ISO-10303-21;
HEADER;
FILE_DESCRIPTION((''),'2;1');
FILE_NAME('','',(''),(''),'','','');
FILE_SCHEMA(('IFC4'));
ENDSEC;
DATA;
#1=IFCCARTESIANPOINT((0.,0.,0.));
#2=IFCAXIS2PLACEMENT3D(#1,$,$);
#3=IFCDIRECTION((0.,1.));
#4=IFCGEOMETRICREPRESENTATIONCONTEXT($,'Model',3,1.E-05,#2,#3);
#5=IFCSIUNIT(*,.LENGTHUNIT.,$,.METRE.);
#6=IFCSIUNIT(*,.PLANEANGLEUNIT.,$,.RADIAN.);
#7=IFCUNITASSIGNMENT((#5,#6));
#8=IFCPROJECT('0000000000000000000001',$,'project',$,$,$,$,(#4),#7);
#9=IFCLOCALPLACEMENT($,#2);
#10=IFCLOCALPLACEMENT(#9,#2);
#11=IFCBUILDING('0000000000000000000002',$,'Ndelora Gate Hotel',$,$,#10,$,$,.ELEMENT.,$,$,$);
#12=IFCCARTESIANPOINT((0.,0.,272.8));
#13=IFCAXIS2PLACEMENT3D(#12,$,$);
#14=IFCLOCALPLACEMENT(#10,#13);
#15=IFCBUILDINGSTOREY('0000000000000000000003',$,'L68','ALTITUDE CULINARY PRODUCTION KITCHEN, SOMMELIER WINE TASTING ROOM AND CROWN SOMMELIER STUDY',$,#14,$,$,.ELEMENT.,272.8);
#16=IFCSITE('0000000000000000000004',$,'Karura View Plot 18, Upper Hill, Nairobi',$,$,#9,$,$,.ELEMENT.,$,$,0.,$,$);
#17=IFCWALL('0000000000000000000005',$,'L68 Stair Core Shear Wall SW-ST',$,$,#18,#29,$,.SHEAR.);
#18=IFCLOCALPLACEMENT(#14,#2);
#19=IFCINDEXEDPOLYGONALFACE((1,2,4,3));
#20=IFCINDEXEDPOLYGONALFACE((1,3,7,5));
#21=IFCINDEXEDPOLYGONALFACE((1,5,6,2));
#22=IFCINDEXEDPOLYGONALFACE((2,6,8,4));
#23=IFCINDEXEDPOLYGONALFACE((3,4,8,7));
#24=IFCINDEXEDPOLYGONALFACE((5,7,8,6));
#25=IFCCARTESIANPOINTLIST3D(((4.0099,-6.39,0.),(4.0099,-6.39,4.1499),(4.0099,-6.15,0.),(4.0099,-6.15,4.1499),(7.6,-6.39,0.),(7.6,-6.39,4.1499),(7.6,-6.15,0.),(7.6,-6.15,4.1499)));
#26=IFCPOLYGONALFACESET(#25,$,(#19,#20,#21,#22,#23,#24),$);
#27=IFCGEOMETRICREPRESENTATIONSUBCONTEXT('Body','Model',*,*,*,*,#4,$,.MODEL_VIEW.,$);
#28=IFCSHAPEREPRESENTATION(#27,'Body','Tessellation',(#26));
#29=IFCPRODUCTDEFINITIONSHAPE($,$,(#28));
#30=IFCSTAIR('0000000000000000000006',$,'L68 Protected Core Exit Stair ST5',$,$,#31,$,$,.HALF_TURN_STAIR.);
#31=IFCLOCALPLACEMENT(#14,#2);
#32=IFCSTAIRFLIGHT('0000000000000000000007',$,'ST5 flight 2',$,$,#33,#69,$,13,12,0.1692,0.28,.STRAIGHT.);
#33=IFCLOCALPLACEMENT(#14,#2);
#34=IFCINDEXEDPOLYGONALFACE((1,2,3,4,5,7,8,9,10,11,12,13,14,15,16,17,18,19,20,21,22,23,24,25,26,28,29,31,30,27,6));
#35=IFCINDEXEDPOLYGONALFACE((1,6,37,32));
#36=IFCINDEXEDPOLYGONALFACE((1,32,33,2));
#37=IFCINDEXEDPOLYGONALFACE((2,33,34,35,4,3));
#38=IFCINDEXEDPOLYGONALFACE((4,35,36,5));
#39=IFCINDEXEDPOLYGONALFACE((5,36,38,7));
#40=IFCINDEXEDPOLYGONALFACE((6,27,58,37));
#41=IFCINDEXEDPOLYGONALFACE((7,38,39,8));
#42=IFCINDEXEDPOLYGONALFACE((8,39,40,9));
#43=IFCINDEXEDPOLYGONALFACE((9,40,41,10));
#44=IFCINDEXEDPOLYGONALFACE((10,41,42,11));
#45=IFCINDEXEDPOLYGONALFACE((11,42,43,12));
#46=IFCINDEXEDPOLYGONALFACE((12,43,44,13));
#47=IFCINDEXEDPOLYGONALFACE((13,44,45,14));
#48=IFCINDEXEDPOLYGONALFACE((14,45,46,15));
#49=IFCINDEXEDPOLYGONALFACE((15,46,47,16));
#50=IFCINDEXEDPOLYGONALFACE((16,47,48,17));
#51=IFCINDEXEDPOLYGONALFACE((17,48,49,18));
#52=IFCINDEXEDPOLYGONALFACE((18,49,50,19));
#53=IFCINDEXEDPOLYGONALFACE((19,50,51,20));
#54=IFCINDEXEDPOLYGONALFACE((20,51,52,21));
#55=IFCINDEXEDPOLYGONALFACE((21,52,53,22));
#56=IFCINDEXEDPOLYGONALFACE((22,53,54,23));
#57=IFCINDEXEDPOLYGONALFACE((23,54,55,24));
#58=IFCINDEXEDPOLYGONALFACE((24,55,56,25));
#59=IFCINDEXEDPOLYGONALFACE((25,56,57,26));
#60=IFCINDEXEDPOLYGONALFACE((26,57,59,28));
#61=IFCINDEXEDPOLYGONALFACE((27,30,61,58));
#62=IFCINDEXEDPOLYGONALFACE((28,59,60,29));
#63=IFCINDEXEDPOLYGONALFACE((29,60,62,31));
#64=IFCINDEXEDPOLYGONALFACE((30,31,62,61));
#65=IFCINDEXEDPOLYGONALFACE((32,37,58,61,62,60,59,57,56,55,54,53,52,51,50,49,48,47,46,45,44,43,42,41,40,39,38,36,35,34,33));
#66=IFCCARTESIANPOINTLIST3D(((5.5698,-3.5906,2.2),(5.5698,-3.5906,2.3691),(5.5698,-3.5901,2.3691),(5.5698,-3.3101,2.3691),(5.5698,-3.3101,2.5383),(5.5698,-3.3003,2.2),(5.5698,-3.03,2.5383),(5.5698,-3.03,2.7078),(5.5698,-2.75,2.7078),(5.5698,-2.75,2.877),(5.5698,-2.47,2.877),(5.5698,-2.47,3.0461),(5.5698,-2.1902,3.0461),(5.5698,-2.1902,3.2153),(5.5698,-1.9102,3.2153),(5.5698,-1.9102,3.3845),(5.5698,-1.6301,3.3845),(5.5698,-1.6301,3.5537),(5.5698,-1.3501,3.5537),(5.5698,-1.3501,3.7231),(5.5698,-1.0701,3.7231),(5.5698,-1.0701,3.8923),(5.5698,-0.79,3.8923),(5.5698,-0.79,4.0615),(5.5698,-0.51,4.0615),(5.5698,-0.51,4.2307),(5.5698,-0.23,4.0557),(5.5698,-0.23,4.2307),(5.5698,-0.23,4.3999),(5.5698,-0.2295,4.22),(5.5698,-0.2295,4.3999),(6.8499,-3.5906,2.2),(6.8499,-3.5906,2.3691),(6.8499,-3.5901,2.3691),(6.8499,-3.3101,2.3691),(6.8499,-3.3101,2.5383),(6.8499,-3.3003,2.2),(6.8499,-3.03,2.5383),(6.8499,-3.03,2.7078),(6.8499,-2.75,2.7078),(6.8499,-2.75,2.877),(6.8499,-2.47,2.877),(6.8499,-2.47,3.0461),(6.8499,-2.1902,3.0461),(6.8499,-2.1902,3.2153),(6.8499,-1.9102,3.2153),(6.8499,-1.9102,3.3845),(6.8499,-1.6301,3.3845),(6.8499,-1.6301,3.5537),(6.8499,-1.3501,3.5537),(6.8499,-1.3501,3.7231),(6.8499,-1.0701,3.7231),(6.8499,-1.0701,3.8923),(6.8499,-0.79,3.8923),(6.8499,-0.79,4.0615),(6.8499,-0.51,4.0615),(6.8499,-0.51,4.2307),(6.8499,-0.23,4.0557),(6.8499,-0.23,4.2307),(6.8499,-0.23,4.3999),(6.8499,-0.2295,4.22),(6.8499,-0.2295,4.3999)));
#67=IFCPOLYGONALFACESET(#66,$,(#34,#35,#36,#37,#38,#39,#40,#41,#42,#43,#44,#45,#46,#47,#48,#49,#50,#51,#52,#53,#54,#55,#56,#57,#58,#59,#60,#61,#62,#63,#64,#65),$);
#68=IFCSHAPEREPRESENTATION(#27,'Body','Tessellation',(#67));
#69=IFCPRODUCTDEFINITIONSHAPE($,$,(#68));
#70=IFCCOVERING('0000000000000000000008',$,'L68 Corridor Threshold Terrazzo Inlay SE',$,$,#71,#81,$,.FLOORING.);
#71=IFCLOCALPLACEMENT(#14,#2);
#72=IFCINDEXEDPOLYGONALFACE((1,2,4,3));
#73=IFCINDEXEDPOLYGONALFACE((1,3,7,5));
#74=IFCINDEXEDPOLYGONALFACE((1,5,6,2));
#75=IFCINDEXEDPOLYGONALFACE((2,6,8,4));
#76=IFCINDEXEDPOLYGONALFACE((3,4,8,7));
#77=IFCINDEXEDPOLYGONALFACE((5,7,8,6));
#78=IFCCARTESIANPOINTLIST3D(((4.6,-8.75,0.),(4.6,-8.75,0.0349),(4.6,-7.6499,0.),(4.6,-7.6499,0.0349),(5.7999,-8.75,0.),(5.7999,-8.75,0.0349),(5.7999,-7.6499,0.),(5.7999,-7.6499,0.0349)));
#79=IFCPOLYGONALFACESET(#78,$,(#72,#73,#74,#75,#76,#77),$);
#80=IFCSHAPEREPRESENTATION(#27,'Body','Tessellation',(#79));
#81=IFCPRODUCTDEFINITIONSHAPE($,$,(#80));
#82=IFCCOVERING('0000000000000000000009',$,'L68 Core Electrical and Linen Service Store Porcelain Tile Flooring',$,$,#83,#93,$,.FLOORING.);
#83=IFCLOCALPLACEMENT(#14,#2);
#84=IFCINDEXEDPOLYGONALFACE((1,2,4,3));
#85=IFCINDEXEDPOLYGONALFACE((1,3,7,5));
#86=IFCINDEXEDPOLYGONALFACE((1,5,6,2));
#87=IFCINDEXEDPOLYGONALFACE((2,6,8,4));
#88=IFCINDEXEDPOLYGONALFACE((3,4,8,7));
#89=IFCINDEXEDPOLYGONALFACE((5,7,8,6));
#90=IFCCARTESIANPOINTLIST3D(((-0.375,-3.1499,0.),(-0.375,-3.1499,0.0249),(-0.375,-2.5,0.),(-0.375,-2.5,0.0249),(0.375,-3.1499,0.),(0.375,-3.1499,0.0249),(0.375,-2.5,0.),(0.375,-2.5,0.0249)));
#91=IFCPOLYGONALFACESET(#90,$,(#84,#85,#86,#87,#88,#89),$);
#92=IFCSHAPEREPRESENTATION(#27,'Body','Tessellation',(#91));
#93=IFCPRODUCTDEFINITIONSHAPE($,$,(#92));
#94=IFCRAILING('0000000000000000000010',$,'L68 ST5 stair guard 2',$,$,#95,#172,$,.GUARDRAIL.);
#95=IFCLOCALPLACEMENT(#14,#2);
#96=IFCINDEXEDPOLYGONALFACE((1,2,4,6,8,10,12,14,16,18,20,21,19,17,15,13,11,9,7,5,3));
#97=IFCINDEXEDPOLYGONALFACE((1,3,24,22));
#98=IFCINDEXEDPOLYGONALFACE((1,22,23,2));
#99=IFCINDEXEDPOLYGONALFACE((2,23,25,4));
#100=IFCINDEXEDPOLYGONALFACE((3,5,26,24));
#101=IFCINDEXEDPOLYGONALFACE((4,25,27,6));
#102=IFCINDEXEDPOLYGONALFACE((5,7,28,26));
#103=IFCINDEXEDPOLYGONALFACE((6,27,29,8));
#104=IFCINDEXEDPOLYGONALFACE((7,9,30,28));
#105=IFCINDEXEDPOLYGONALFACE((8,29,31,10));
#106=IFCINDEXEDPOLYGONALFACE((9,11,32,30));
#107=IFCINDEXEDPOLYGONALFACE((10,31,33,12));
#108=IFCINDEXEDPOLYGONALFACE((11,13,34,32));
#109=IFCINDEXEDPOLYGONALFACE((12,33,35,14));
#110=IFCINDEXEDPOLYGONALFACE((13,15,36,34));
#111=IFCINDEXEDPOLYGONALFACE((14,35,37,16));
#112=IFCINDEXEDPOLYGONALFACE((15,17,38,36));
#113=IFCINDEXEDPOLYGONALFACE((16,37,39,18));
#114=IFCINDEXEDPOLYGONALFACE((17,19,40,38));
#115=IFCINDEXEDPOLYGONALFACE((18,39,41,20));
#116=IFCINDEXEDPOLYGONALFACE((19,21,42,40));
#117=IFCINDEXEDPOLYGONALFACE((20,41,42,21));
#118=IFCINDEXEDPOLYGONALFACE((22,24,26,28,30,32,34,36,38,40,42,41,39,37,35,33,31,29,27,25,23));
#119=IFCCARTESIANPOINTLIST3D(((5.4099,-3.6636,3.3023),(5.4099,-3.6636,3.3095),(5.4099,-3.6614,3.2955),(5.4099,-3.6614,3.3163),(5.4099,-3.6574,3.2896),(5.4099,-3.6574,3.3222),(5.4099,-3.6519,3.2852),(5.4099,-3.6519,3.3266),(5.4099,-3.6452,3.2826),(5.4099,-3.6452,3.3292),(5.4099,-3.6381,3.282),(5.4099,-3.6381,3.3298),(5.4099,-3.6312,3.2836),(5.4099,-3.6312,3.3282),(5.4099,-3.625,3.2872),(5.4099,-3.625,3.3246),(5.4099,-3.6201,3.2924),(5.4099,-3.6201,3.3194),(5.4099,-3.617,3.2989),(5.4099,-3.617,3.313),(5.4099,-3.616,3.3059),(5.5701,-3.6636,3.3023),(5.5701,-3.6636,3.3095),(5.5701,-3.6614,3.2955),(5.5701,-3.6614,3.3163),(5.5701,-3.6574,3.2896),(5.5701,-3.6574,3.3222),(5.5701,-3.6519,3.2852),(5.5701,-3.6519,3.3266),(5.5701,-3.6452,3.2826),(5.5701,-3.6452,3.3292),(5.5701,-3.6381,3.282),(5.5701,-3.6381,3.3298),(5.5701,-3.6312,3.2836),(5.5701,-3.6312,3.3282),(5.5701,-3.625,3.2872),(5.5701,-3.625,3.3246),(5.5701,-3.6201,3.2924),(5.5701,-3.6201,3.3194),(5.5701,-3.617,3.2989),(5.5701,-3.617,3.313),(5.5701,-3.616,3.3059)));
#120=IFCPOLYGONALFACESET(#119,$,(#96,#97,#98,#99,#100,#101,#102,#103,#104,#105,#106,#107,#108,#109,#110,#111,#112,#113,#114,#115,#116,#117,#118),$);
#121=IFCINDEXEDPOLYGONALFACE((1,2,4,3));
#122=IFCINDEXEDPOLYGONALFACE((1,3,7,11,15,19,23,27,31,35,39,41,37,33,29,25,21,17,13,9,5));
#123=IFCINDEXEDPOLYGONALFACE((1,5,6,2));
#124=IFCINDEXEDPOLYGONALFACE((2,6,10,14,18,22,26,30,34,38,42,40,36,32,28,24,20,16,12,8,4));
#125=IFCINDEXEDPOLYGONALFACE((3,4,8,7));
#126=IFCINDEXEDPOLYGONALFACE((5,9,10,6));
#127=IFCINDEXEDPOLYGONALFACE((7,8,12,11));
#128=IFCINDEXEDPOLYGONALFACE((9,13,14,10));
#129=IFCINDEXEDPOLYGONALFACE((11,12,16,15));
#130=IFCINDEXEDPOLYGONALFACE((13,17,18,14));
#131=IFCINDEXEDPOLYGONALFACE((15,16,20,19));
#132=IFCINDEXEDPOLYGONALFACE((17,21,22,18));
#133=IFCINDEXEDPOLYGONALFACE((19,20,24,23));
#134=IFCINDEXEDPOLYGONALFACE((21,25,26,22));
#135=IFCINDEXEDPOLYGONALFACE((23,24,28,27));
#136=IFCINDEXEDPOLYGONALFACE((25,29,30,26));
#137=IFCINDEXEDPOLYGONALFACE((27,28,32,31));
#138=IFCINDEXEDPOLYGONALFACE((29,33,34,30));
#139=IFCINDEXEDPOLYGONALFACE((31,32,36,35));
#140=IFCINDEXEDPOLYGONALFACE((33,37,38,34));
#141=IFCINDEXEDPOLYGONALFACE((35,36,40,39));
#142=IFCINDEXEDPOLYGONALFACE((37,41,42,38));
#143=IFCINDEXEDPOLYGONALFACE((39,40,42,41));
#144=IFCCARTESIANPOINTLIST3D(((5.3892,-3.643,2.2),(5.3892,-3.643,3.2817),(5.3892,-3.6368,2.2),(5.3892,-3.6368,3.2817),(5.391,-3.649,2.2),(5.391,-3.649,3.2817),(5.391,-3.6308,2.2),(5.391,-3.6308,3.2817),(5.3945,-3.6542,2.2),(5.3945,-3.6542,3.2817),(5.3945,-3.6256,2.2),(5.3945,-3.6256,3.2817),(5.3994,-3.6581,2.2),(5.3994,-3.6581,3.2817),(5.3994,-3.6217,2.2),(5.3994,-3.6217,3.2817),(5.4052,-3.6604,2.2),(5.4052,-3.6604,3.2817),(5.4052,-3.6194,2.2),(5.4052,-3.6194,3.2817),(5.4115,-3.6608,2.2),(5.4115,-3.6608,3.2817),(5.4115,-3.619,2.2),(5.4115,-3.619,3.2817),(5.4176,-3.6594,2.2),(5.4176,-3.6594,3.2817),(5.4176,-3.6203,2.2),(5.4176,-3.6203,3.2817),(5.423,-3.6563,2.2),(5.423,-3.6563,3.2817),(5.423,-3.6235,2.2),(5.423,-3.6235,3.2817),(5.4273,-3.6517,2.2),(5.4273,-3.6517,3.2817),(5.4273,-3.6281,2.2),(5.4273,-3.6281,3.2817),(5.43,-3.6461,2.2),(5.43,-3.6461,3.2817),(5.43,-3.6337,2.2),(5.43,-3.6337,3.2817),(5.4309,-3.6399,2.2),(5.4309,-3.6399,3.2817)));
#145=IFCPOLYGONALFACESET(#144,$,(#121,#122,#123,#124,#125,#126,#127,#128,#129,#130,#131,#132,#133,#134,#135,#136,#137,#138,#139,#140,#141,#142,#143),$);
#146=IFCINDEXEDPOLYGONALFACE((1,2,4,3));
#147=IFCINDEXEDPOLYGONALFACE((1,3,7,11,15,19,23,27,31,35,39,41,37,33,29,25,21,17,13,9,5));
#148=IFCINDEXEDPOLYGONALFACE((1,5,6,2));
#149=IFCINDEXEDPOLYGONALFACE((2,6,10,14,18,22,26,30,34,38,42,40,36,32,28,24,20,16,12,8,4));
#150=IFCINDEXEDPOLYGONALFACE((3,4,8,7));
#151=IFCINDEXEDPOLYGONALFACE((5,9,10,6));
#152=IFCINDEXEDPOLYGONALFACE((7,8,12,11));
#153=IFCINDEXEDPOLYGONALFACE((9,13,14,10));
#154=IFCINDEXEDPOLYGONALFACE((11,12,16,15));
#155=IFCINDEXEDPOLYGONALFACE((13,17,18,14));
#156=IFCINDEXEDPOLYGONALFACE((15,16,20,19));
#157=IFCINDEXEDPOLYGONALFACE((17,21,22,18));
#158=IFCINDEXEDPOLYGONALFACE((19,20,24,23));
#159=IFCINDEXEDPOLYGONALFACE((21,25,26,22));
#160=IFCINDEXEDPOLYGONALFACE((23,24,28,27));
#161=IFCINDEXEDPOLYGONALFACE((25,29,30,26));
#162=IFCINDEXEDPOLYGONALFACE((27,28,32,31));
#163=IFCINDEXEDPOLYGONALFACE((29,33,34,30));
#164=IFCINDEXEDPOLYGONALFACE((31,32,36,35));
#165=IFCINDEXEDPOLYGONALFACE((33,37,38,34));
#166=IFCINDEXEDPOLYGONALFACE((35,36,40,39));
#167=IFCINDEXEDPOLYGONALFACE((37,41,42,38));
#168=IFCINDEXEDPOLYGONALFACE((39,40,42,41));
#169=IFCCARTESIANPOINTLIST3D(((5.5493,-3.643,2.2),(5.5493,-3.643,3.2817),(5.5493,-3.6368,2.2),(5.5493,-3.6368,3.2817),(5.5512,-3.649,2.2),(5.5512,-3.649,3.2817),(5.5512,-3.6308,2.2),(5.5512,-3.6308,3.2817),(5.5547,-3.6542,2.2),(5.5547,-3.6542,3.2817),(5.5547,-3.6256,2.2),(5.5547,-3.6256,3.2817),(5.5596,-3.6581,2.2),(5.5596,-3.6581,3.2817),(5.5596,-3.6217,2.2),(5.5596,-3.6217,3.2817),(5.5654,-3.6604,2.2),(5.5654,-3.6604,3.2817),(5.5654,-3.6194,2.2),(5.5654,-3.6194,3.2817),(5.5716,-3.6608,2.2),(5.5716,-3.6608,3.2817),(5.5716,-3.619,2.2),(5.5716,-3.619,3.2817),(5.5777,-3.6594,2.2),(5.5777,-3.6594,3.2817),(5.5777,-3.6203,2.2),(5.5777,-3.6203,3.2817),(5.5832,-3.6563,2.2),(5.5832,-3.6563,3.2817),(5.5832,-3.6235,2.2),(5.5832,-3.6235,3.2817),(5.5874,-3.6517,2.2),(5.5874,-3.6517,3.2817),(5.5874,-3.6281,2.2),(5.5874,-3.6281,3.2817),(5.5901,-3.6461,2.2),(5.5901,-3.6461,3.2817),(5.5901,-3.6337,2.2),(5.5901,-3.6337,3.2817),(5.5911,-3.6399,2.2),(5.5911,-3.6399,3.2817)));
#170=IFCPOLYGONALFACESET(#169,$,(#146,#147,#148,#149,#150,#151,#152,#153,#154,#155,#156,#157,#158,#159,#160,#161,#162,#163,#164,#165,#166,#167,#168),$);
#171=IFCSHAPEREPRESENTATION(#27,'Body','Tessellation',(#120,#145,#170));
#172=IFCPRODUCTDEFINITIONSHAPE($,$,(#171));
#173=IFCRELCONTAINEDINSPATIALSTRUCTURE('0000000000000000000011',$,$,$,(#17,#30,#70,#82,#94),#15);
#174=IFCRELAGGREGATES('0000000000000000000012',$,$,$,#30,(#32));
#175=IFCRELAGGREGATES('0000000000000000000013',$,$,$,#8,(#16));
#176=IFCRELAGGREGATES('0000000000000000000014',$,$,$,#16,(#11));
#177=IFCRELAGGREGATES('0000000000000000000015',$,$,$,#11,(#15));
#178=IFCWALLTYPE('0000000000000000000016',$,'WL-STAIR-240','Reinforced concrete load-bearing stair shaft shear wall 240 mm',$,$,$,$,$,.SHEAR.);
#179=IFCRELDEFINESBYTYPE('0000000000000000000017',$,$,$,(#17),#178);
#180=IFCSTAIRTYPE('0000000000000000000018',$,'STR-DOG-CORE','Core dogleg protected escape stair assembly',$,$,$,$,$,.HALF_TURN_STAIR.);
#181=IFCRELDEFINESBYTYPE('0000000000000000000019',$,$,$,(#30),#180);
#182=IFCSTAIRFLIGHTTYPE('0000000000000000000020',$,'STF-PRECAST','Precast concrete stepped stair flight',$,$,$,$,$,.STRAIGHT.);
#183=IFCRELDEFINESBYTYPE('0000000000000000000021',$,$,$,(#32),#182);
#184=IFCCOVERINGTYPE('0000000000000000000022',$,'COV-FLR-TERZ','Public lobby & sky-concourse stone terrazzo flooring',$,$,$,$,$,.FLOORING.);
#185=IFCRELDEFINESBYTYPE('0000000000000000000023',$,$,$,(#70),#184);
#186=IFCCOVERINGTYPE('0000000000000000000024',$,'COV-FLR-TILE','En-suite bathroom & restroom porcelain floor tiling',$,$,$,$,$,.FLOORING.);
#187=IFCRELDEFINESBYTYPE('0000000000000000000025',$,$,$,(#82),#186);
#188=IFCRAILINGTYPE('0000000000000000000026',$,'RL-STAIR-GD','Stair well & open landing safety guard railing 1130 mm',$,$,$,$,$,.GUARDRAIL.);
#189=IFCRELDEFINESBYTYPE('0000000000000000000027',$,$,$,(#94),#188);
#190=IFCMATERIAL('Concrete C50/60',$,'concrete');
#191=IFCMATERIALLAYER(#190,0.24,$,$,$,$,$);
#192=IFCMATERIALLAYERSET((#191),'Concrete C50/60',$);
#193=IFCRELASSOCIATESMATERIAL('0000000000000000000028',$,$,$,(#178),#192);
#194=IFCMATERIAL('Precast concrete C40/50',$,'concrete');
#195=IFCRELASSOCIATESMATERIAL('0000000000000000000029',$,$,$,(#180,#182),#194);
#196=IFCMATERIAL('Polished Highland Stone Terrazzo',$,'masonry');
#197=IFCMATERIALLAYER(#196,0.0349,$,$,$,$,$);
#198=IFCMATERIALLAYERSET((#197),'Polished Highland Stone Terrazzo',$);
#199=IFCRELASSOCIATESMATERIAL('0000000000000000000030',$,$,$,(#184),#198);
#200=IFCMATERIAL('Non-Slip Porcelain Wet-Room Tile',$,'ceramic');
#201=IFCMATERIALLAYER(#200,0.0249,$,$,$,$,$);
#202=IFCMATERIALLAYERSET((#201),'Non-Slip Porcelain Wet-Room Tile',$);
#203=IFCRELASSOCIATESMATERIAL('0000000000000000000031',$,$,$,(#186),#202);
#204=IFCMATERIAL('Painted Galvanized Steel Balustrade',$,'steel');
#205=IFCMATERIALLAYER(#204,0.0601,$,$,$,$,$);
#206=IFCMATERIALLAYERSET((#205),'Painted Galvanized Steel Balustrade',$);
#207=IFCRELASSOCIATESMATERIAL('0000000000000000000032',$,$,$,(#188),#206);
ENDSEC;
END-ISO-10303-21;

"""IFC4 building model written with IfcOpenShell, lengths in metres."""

from ifc_helpers import new_model, si_unit, direction, frame, frame_2d, origin, origin_2d, place, context, subcontext, project, spatial, polyline, rectangle, circle, outline, extrude, material, layer, layer_set, type_object, element, aggregate, save


model = new_model("IFC4")

# Units and contexts
model_context = context("Model", 3, precision=1e-05, world=origin(), true_north=direction((0.0, 1.0)))
body_context = subcontext(model_context, "Body", "Model", "MODEL_VIEW")
ifc_project = project(units=[si_unit("LENGTHUNIT", "METRE"), si_unit("PLANEANGLEUNIT", "RADIAN")], contexts=[model_context])

# Site, building, storey
site_placement = place(None, origin())
site = spatial("IfcSite", under=ifc_project, at=site_placement, Name="Karura View Plot 18, Upper Hill, Nairobi", CompositionType="ELEMENT", RefElevation=0.0)
building_placement = place(site_placement, origin())
building = spatial("IfcBuilding", under=site, at=building_placement, Name="Ndelora Gate Hotel", CompositionType="ELEMENT")
storey_placement = place(building_placement, frame((0.0, 0.0, 272.8)))
storey = spatial("IfcBuildingStorey", under=building, at=storey_placement, Name="L68", Description="ALTITUDE CULINARY PRODUCTION KITCHEN, SOMMELIER WINE TASTING ROOM AND CROWN SOMMELIER STUDY", CompositionType="ELEMENT", Elevation=272.8)

# Shared definitions
ifc_material_1 = material(Name="Concrete C50/60", Category="concrete")

# Wall
ifc_layer_1 = layer(ifc_material_1, 0.24)
ifc_layer_set_1 = layer_set([ifc_layer_1], Name="Concrete C50/60")
wall_type_1 = type_object("IfcWallType", Name="WL-STAIR-240", Description="Reinforced concrete load-bearing stair shaft shear wall 240 mm", PredefinedType="SHEAR", material=ifc_layer_set_1)
wall_1_placement = place(storey_placement, frame((4.01, -6.27, 0.0), z_axis=(0.0, 0.0, 1.0), x_axis=(1.0, 0.0, 0.0)))
element("IfcWall", 1, at=wall_1_placement, inside=storey, type_object=wall_type_1, Name="L68 Stair Core Shear Wall SW-ST", PredefinedType="SHEAR", context=body_context, shape_type="SweptSolid", body=[
    extrude(rectangle(XDim=3.5901, YDim=0.24, at=frame_2d((1.7949, 0.0))), origin(), (0.0, 0.0, 1.0), 4.1499),
])

# Stair, stair flight
ifc_material_2 = material(Name="Precast concrete C40/50", Category="concrete")
stair_type = type_object("IfcStairType", Name="STR-DOG-CORE", Description="Core dogleg protected escape stair assembly", PredefinedType="HALF_TURN_STAIR", material=ifc_material_2)
stair_placement = place(storey_placement, origin())
stair = element("IfcStair", 2, at=stair_placement, inside=storey, type_object=stair_type, Name="L68 Protected Core Exit Stair ST5", PredefinedType="HALF_TURN_STAIR")
stair_flight_type = type_object("IfcStairFlightType", Name="STF-PRECAST", Description="Precast concrete stepped stair flight", PredefinedType="STRAIGHT", material=ifc_material_2)
stair_flight_placement = place(storey_placement, frame((6.21, -3.5901, 2.2), z_axis=(0.0, 0.0, 1.0), x_axis=(0.0, 1.0, 0.0)))
stair_flight = element("IfcStairFlight", 3, at=stair_flight_placement, type_object=stair_flight_type, Name="ST5 flight 2", NumberOfRisers=13, NumberOfTreads=12, PredefinedType="STRAIGHT", RiserHeight=0.1692, TreadLength=0.28, context=body_context, shape_type="SweptSolid", body=[
    extrude(outline(polyline([(-0.0005, 0.0), (-0.0005, 0.1692), (0.0, 0.1692), (0.28, 0.1692), (0.28, 0.3384), (0.5601, 0.3384), (0.5601, 0.5078), (0.8401, 0.5078), (0.8401, 0.677), (1.1201, 0.677), (1.1201, 0.8462), (1.3999, 0.8462), (1.3999, 1.0154), (1.6799, 1.0154), (1.6799, 1.1846), (1.96, 1.1846), (1.96, 1.3538), (2.24, 1.3538), (2.24, 1.5232), (2.52, 1.5232), (2.52, 1.6924), (2.8, 1.6924), (2.8, 1.8616), (3.0801, 1.8616), (3.0801, 2.0308), (3.3601, 2.0308), (3.3601, 2.2), (3.3606, 2.2), (3.3606, 2.02), (3.3601, 1.8557), (0.2898, 0.0), (-0.0005, 0.0)])), frame((0.0, 0.6401, 0.0), z_axis=(0.0, -1.0, 0.0), x_axis=(1.0, 0.0, 0.0)), (0.0, 0.0, 1.0), 1.28),
])
aggregate(stair, [stair_flight])

# Coverings
ifc_material_3 = material(Name="Polished Highland Stone Terrazzo", Category="masonry")
ifc_layer_2 = layer(ifc_material_3, 0.0349)
ifc_layer_set_2 = layer_set([ifc_layer_2], Name="Polished Highland Stone Terrazzo")
covering_type_1 = type_object("IfcCoveringType", Name="COV-FLR-TERZ", Description="Public lobby & sky-concourse stone terrazzo flooring", PredefinedType="FLOORING", material=ifc_layer_set_2)
covering_1_placement = place(storey_placement, frame((5.2, -8.2, 0.0), z_axis=(0.0, 0.0, 1.0), x_axis=(1.0, 0.0, 0.0)))
element("IfcCovering", 4, at=covering_1_placement, inside=storey, type_object=covering_type_1, Name="L68 Corridor Threshold Terrazzo Inlay SE", PredefinedType="FLOORING", context=body_context, shape_type="SweptSolid", body=[
    extrude(rectangle(XDim=1.2, YDim=1.1001, at=origin_2d()), origin(), (0.0, 0.0, 1.0), 0.0349),
])
ifc_material_4 = material(Name="Non-Slip Porcelain Wet-Room Tile", Category="ceramic")
ifc_layer_3 = layer(ifc_material_4, 0.0249)
ifc_layer_set_3 = layer_set([ifc_layer_3], Name="Non-Slip Porcelain Wet-Room Tile")
covering_type_2 = type_object("IfcCoveringType", Name="COV-FLR-TILE", Description="En-suite bathroom & restroom porcelain floor tiling", PredefinedType="FLOORING", material=ifc_layer_set_3)
covering_2_placement = place(storey_placement, frame((0.0, -2.825, 0.0), z_axis=(0.0, 0.0, 1.0), x_axis=(1.0, 0.0, 0.0)))
element("IfcCovering", 5, at=covering_2_placement, inside=storey, type_object=covering_type_2, Name="L68 Core Electrical and Linen Service Store Porcelain Tile Flooring", PredefinedType="FLOORING", context=body_context, shape_type="SweptSolid", body=[
    extrude(rectangle(XDim=0.75, YDim=0.6499, at=origin_2d()), origin(), (0.0, 0.0, 1.0), 0.0249),
])

# Railing
ifc_material_5 = material(Name="Painted Galvanized Steel Balustrade", Category="steel")
ifc_layer_4 = layer(ifc_material_5, 0.0601)
ifc_layer_set_4 = layer_set([ifc_layer_4], Name="Painted Galvanized Steel Balustrade")
railing_type_1 = type_object("IfcRailingType", Name="RL-STAIR-GD", Description="Stair well & open landing safety guard railing 1130 mm", PredefinedType="GUARDRAIL", material=ifc_layer_set_4)
railing_1_placement = place(storey_placement, frame((5.4099, -3.6399, 2.2)))
element("IfcRailing", 6, at=railing_1_placement, inside=storey, type_object=railing_type_1, Name="L68 ST5 stair guard 2", PredefinedType="GUARDRAIL", context=body_context, shape_type="SweptSolid", body=[
    extrude(circle(Radius=0.0239, at=origin_2d()), frame((0.0, 0.0, 1.106), z_axis=(1.0, 0.0, 0.0), x_axis=(0.0, 1.0, 0.0)), (0.0, 0.0, 1.0), 0.1602),
    extrude(circle(Radius=0.021, at=origin_2d()), origin(), (0.0, 0.0, 1.0), 1.0818),
    extrude(circle(Radius=0.021, at=origin_2d()), frame((0.1602, 0.0, 0.0)), (0.0, 0.0, 1.0), 1.0818),
])

save(model, "model.ifc")
